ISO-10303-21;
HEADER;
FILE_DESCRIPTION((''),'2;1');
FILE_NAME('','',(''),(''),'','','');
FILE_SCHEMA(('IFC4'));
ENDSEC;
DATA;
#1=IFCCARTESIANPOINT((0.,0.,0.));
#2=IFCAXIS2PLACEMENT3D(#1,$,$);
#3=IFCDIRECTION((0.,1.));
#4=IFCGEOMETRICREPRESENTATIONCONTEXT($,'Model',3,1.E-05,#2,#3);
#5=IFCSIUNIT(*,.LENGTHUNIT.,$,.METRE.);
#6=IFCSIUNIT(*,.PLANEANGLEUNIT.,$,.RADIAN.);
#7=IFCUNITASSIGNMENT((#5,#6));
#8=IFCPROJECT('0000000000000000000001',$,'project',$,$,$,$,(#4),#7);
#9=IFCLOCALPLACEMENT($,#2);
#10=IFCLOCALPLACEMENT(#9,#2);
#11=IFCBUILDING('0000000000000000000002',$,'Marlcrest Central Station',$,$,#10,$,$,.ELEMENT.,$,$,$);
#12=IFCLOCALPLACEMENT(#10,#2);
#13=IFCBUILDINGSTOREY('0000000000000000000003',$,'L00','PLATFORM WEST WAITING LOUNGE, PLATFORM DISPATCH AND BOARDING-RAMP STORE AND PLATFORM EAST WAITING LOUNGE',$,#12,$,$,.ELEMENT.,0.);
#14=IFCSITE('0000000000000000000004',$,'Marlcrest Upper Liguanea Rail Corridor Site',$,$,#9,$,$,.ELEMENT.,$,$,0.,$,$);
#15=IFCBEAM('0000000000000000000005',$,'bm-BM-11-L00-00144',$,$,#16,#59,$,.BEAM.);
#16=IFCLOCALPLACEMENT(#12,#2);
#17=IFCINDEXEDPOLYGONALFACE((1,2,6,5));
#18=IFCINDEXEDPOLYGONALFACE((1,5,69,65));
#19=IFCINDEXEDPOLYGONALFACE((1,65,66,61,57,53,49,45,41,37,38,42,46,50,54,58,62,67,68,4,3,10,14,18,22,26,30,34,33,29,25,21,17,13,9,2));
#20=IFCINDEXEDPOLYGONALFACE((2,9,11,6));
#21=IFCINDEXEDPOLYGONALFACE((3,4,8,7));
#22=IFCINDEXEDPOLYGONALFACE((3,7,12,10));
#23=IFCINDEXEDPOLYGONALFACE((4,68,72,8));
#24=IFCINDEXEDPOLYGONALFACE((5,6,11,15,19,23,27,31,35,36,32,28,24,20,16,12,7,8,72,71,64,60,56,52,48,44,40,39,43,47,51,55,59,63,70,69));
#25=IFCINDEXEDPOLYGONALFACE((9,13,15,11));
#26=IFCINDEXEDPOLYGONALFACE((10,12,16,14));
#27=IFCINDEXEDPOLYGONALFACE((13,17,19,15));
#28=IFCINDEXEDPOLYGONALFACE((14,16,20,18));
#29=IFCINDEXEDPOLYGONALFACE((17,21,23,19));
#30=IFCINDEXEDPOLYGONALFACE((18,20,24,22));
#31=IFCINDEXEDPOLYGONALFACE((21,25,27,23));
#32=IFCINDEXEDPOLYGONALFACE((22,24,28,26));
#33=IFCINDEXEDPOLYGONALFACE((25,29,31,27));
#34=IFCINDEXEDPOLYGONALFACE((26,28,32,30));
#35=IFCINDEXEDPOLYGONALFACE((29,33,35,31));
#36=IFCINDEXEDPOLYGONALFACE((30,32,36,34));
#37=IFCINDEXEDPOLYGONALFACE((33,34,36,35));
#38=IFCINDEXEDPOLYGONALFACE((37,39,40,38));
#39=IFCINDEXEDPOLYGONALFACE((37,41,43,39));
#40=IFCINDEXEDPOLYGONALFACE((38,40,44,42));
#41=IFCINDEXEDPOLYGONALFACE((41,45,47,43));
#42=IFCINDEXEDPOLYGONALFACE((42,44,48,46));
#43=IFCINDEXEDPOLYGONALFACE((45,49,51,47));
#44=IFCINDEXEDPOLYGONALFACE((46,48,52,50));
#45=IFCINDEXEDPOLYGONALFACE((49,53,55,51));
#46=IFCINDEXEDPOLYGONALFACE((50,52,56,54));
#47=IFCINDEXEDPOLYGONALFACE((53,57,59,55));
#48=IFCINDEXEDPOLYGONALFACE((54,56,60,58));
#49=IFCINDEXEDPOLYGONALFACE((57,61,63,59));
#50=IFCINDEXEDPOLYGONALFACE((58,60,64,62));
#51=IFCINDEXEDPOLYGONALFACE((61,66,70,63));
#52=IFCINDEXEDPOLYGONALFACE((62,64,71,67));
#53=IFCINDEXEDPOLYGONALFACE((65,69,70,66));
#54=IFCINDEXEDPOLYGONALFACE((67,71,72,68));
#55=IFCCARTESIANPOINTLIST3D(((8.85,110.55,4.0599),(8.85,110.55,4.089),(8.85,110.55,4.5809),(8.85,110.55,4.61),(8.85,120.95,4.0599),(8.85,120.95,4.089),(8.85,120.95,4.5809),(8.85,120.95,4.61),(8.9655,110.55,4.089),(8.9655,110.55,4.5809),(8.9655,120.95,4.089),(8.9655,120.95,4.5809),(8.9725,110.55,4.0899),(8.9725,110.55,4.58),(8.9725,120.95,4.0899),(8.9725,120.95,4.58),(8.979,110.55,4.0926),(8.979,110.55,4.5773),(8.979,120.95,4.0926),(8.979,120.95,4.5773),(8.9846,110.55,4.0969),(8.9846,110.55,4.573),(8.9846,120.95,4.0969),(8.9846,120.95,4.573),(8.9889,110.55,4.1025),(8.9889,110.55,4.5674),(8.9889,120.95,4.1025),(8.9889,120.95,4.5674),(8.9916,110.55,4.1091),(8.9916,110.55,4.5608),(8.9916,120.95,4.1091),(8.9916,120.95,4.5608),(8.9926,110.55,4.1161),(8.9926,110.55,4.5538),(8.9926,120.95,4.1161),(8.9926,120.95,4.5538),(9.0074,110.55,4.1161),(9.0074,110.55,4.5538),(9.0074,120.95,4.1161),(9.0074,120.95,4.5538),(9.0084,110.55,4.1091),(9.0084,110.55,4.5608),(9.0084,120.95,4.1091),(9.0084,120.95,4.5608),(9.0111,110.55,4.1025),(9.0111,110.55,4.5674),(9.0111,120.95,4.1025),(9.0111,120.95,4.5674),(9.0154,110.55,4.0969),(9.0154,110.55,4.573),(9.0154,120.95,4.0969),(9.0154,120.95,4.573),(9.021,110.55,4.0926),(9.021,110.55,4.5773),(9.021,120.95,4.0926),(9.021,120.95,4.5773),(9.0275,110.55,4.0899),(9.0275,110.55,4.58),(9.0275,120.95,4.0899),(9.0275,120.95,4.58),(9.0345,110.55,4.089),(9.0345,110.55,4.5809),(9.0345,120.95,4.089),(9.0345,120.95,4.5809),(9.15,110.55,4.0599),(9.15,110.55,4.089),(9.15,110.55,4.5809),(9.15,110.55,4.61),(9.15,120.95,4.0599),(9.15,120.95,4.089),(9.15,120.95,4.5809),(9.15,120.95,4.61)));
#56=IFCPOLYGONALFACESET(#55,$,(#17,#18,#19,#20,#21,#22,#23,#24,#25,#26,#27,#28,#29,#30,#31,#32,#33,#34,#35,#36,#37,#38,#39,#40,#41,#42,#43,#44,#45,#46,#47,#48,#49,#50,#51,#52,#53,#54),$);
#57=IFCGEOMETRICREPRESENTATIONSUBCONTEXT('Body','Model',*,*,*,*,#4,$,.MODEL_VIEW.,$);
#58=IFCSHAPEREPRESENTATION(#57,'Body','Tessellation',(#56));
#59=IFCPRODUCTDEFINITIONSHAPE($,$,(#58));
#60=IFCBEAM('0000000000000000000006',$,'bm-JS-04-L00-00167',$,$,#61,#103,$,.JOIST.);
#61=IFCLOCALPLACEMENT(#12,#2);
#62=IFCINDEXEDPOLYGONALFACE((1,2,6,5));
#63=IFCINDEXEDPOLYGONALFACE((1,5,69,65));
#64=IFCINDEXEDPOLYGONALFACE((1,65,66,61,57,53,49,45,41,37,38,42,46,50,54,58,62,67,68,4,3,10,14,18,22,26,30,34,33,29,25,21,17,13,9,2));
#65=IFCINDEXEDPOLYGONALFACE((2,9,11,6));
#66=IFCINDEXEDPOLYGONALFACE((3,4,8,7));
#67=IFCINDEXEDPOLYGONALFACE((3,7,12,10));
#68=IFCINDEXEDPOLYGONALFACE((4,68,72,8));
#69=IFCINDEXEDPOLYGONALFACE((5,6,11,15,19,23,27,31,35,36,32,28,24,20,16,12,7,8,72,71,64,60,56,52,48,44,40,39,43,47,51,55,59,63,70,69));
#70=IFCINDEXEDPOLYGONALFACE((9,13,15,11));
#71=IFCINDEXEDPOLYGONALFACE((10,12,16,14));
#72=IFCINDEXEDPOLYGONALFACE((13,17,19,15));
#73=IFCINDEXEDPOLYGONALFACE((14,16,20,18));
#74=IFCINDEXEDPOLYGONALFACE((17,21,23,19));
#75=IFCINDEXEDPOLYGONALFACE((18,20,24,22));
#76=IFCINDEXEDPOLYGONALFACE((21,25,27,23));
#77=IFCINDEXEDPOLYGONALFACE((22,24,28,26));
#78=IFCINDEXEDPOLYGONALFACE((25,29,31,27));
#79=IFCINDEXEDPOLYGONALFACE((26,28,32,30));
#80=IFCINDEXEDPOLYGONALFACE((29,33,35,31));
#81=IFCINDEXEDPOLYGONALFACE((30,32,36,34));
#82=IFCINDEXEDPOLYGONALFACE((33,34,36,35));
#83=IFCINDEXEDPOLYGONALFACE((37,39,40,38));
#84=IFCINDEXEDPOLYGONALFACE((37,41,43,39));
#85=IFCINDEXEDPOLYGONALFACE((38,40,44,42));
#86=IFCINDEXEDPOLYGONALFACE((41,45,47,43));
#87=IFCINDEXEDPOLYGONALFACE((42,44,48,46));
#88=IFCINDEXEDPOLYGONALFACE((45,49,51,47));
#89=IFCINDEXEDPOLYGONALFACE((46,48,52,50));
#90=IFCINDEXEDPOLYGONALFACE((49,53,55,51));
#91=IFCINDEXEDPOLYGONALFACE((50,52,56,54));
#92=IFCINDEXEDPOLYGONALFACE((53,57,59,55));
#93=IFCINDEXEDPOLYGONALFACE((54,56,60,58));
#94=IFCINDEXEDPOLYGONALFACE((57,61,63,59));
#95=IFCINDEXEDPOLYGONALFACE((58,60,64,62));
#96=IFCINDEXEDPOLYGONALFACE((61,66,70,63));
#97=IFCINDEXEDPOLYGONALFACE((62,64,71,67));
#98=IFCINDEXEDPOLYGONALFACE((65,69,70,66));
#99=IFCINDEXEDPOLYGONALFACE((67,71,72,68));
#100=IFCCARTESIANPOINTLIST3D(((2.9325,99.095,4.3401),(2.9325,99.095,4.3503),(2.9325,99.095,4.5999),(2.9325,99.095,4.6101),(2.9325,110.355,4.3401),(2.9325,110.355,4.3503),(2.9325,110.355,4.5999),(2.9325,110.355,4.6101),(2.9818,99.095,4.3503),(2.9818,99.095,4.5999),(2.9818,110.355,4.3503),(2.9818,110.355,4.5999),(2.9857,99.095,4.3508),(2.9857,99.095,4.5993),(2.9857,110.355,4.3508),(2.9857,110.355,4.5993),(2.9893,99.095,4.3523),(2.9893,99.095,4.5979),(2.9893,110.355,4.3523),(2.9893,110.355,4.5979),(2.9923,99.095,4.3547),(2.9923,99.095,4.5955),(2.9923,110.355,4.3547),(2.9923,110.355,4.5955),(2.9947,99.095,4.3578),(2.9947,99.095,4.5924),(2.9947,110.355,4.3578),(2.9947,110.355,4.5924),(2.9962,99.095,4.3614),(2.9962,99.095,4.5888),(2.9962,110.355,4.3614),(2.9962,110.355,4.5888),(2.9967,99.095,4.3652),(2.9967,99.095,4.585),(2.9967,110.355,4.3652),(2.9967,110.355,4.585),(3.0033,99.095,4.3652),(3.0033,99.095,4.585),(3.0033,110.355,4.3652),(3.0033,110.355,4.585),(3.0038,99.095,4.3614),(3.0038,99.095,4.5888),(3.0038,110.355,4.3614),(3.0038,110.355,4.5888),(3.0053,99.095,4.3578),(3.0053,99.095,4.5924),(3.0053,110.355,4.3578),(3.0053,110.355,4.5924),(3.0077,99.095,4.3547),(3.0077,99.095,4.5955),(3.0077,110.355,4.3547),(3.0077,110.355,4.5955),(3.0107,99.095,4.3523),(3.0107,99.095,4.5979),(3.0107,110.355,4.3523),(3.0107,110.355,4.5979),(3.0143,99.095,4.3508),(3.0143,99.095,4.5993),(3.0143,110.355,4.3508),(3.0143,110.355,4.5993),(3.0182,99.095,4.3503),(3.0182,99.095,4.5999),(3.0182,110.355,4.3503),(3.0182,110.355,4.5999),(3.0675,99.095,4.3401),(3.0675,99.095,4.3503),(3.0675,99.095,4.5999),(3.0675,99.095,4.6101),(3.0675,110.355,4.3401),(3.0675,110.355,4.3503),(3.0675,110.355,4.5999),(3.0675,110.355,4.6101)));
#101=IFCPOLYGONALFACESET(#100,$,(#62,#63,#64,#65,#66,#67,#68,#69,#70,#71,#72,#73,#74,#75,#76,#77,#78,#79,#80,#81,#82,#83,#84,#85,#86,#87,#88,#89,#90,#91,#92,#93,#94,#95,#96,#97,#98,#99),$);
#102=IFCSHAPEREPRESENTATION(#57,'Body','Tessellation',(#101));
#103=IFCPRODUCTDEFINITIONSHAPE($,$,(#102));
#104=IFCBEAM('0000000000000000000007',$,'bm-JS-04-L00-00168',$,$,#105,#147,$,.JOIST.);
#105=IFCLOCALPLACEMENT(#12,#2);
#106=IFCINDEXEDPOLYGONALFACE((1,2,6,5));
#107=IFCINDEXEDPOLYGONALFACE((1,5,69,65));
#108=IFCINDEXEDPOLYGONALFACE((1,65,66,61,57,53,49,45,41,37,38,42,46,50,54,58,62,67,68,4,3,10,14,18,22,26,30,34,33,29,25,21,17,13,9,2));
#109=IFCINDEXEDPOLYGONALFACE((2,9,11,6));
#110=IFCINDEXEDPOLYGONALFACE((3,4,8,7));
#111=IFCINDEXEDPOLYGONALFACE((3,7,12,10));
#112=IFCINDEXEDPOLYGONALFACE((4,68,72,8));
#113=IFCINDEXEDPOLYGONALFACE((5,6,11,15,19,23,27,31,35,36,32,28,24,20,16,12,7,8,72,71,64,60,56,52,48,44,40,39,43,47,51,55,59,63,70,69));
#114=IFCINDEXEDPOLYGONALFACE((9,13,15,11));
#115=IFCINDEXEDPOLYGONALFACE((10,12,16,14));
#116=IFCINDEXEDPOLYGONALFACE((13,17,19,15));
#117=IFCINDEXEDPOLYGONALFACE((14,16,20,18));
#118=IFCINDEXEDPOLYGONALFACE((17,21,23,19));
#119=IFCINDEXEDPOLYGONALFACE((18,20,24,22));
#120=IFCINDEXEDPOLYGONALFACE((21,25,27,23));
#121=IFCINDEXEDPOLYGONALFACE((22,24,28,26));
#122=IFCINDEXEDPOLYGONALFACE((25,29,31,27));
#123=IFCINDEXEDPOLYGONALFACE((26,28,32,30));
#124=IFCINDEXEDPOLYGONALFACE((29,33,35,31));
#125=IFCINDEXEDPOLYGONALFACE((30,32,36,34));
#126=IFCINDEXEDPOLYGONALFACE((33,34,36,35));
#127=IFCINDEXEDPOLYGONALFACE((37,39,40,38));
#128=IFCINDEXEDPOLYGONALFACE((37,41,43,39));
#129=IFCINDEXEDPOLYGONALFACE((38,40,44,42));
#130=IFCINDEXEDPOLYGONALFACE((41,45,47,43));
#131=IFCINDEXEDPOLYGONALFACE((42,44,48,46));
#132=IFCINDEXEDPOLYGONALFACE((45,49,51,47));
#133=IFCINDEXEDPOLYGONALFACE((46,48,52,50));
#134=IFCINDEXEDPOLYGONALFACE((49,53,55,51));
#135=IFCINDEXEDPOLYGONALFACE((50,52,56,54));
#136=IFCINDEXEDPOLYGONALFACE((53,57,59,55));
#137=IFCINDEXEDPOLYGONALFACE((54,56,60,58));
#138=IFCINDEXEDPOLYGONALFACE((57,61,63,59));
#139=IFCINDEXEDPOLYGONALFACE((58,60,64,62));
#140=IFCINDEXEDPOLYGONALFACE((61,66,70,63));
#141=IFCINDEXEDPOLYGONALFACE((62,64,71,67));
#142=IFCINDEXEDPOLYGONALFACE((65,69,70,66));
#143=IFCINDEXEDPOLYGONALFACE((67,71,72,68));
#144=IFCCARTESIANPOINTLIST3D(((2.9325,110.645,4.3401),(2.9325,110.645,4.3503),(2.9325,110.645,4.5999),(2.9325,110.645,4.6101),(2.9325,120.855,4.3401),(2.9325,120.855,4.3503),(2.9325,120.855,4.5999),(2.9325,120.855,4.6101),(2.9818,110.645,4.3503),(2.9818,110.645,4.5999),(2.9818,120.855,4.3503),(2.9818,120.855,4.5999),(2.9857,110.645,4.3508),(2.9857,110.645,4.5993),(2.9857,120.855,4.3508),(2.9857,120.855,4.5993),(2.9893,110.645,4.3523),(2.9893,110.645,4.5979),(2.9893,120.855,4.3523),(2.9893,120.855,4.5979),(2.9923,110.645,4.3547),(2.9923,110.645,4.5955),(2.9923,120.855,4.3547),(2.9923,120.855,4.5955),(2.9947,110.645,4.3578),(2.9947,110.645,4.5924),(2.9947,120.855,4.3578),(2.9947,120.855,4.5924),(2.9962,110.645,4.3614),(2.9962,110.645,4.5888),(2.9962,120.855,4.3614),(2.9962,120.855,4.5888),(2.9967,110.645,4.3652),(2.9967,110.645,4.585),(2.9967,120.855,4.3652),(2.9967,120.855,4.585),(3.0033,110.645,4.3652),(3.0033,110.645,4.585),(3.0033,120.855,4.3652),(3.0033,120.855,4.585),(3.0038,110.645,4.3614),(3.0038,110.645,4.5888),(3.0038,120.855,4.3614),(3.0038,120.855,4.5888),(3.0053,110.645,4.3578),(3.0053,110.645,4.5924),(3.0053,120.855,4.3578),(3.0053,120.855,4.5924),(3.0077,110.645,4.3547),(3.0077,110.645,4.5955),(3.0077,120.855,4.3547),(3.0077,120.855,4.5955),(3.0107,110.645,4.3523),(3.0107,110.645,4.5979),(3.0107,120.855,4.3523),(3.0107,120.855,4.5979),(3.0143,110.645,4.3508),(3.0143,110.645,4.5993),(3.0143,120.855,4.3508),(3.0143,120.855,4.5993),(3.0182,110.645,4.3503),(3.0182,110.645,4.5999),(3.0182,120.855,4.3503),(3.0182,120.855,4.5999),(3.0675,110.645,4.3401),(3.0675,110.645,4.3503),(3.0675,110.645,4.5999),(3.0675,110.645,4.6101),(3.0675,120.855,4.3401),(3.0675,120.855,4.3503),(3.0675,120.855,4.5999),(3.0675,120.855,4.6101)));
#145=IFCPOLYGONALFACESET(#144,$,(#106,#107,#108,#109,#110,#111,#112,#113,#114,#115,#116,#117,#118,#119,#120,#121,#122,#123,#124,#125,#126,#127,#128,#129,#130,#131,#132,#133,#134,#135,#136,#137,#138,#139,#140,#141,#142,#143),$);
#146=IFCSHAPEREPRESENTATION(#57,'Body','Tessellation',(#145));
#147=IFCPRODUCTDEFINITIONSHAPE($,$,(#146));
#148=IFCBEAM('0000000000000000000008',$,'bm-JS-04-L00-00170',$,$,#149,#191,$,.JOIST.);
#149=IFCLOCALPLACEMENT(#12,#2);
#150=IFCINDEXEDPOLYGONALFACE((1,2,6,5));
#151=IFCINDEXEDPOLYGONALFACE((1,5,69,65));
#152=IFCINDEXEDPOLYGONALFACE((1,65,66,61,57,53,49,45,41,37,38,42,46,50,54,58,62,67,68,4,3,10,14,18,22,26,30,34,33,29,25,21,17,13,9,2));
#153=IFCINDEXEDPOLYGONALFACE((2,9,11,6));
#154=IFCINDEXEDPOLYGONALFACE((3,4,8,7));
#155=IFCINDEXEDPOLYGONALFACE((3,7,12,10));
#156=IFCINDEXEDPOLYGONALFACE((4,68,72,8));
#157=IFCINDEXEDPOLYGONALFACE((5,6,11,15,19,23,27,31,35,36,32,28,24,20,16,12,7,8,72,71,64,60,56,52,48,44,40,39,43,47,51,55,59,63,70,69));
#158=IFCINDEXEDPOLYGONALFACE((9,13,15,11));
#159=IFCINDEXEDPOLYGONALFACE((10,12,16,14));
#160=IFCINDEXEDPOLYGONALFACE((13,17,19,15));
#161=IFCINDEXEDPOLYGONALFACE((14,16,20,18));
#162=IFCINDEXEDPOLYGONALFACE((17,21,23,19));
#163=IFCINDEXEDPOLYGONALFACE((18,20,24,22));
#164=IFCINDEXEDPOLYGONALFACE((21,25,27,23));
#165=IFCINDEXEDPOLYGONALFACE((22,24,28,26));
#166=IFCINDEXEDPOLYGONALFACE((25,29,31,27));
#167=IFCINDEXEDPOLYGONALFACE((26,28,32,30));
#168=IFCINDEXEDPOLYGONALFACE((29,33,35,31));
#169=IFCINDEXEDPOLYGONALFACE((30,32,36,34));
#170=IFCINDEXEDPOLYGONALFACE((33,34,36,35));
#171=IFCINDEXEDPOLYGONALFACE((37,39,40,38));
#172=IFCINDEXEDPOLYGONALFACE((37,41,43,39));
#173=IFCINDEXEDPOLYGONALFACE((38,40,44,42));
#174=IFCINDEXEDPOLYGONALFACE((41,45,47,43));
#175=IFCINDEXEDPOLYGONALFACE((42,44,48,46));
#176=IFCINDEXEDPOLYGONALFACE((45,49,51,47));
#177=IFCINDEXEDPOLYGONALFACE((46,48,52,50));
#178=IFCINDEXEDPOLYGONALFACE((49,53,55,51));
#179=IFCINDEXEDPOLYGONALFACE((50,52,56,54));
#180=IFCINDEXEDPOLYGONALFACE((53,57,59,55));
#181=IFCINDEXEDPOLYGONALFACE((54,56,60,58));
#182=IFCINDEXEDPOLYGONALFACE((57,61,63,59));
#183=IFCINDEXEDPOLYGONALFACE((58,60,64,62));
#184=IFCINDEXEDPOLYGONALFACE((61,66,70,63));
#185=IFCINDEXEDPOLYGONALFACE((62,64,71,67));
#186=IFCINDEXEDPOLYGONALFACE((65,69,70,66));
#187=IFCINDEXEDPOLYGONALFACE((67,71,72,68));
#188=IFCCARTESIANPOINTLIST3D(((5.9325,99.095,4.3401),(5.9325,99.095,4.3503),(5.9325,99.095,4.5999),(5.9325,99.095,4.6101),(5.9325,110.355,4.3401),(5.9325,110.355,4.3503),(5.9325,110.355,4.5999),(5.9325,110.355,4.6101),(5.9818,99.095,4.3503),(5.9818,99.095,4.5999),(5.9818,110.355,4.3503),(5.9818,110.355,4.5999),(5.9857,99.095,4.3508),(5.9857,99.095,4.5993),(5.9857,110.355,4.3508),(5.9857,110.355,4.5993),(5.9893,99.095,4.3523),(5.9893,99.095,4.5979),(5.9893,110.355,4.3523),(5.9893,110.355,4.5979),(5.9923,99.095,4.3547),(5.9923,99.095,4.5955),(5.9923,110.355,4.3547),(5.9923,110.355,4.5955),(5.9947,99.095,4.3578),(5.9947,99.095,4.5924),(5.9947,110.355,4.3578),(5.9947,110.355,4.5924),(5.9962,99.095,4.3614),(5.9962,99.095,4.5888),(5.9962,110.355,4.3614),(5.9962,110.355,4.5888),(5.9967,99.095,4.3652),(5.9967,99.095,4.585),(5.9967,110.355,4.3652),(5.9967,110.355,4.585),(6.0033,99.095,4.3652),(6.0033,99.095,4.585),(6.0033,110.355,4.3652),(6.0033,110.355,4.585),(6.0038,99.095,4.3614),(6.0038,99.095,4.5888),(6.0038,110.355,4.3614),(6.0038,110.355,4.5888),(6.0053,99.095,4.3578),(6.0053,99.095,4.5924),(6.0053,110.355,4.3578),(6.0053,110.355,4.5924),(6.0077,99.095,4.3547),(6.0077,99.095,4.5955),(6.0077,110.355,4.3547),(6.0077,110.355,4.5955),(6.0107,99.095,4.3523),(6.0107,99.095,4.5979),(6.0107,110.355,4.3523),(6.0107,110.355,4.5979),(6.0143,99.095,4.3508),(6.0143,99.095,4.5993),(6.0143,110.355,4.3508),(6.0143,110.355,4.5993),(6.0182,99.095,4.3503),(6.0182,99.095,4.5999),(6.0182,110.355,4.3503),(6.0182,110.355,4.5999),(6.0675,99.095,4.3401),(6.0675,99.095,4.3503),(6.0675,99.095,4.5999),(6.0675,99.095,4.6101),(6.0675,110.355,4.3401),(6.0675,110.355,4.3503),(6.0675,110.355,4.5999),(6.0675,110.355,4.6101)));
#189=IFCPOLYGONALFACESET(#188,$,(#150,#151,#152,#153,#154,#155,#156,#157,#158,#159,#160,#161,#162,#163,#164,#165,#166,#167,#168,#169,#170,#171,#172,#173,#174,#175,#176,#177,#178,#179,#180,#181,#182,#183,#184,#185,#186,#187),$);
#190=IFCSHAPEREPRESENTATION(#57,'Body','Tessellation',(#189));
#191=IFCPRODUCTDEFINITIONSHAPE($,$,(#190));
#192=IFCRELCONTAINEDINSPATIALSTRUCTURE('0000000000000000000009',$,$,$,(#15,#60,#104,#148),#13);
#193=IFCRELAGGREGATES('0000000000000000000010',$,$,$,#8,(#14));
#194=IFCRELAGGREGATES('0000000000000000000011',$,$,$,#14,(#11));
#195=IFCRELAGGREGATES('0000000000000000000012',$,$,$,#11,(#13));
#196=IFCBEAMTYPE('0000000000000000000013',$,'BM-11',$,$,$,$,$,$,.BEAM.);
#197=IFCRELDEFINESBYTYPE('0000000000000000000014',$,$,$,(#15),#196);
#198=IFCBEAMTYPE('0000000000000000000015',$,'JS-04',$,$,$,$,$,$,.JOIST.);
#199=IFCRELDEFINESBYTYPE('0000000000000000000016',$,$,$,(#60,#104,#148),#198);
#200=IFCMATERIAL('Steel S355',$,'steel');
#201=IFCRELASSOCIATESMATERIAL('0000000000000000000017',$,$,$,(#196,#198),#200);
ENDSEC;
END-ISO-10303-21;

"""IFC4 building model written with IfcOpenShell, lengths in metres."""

from ifc_helpers import new_model, si_unit, direction, frame, origin, origin_2d, place, context, subcontext, project, spatial, i_section, extrude, material, material_profile, profile_set, type_object, element, save


model = new_model("IFC4")

# Units and contexts
model_context = context("Model", 3, precision=1e-05, world=origin(), true_north=direction((0.0, 1.0)))
body_context = subcontext(model_context, "Body", "Model", "MODEL_VIEW")
ifc_project = project(units=[si_unit("LENGTHUNIT", "METRE"), si_unit("PLANEANGLEUNIT", "RADIAN")], contexts=[model_context])

# Site, building, storey
site_placement = place(None, origin())
site = spatial("IfcSite", under=ifc_project, at=site_placement, Name="Marlcrest Upper Liguanea Rail Corridor Site", CompositionType="ELEMENT", RefElevation=0.0)
building_placement = place(site_placement, origin())
building = spatial("IfcBuilding", under=site, at=building_placement, Name="Marlcrest Central Station", CompositionType="ELEMENT")
storey_placement = place(building_placement, origin())
storey = spatial("IfcBuildingStorey", under=building, at=storey_placement, Name="L00", Description="PLATFORM WEST WAITING LOUNGE, PLATFORM DISPATCH AND BOARDING-RAMP STORE AND PLATFORM EAST WAITING LOUNGE", CompositionType="ELEMENT", Elevation=0.0)

# Shared definitions
ifc_material_1 = material(Name="Steel S355", Category="steel")

# Beams
ifc_material_profile_1 = material_profile(ifc_material_1, i_section(OverallWidth=0.3, OverallDepth=0.55, WebThickness=0.0149, FlangeThickness=0.0291, FilletRadius=0.0271, at=origin_2d()), Name="HEB 550")
ifc_profile_set_1 = profile_set([ifc_material_profile_1], Name="Steel S355")
beam_type_1 = type_object("IfcBeamType", Name="BM-11", PredefinedType="BEAM", material=ifc_profile_set_1)
beam_1_placement = place(storey_placement, frame((9.0, 110.55, 4.335), z_axis=(0.0, 1.0, 0.0), x_axis=(-1.0, 0.0, 0.0)))
element("IfcBeam", 1, at=beam_1_placement, inside=storey, type_object=beam_type_1, Name="bm-BM-11-L00-00144", PredefinedType="BEAM", context=body_context, shape_type="SweptSolid", body=[
    extrude(i_section(OverallWidth=0.3, OverallDepth=0.55, WebThickness=0.0149, FlangeThickness=0.0291, FilletRadius=0.0271, at=origin_2d()), origin(), (0.0, 0.0, 1.0), 10.3999),
])
ifc_material_profile_2 = material_profile(ifc_material_1, i_section(OverallWidth=0.135, OverallDepth=0.27, WebThickness=0.0066, FlangeThickness=0.0103, FilletRadius=0.0149, at=origin_2d()), Name="IPE 270")
ifc_profile_set_2 = profile_set([ifc_material_profile_2], Name="Steel S355")
beam_type_2 = type_object("IfcBeamType", Name="JS-04", PredefinedType="JOIST", material=ifc_profile_set_2)
beam_2_placement = place(storey_placement, frame((3.0, 99.095, 4.4751), z_axis=(0.0, 1.0, 0.0), x_axis=(-1.0, 0.0, 0.0)))
element("IfcBeam", 2, at=beam_2_placement, inside=storey, type_object=beam_type_2, Name="bm-JS-04-L00-00167", PredefinedType="JOIST", context=body_context, shape_type="SweptSolid", body=[
    extrude(i_section(OverallWidth=0.135, OverallDepth=0.27, WebThickness=0.0066, FlangeThickness=0.0103, FilletRadius=0.0149, at=origin_2d()), origin(), (0.0, 0.0, 1.0), 11.26),
])
beam_3_placement = place(storey_placement, frame((3.0, 110.645, 4.4751), z_axis=(0.0, 1.0, 0.0), x_axis=(-1.0, 0.0, 0.0)))
element("IfcBeam", 3, at=beam_3_placement, inside=storey, type_object=beam_type_2, Name="bm-JS-04-L00-00168", PredefinedType="JOIST", context=body_context, shape_type="SweptSolid", body=[
    extrude(i_section(OverallWidth=0.135, OverallDepth=0.27, WebThickness=0.0066, FlangeThickness=0.0103, FilletRadius=0.0149, at=origin_2d()), origin(), (0.0, 0.0, 1.0), 10.21),
])
beam_4_placement = place(storey_placement, frame((6.0, 99.095, 4.4751), z_axis=(0.0, 1.0, 0.0), x_axis=(-1.0, 0.0, 0.0)))
element("IfcBeam", 4, at=beam_4_placement, inside=storey, type_object=beam_type_2, Name="bm-JS-04-L00-00170", PredefinedType="JOIST", context=body_context, shape_type="SweptSolid", body=[
    extrude(i_section(OverallWidth=0.135, OverallDepth=0.27, WebThickness=0.0066, FlangeThickness=0.0103, FilletRadius=0.0149, at=origin_2d()), origin(), (0.0, 0.0, 1.0), 11.26),
])

save(model, "model.ifc")
